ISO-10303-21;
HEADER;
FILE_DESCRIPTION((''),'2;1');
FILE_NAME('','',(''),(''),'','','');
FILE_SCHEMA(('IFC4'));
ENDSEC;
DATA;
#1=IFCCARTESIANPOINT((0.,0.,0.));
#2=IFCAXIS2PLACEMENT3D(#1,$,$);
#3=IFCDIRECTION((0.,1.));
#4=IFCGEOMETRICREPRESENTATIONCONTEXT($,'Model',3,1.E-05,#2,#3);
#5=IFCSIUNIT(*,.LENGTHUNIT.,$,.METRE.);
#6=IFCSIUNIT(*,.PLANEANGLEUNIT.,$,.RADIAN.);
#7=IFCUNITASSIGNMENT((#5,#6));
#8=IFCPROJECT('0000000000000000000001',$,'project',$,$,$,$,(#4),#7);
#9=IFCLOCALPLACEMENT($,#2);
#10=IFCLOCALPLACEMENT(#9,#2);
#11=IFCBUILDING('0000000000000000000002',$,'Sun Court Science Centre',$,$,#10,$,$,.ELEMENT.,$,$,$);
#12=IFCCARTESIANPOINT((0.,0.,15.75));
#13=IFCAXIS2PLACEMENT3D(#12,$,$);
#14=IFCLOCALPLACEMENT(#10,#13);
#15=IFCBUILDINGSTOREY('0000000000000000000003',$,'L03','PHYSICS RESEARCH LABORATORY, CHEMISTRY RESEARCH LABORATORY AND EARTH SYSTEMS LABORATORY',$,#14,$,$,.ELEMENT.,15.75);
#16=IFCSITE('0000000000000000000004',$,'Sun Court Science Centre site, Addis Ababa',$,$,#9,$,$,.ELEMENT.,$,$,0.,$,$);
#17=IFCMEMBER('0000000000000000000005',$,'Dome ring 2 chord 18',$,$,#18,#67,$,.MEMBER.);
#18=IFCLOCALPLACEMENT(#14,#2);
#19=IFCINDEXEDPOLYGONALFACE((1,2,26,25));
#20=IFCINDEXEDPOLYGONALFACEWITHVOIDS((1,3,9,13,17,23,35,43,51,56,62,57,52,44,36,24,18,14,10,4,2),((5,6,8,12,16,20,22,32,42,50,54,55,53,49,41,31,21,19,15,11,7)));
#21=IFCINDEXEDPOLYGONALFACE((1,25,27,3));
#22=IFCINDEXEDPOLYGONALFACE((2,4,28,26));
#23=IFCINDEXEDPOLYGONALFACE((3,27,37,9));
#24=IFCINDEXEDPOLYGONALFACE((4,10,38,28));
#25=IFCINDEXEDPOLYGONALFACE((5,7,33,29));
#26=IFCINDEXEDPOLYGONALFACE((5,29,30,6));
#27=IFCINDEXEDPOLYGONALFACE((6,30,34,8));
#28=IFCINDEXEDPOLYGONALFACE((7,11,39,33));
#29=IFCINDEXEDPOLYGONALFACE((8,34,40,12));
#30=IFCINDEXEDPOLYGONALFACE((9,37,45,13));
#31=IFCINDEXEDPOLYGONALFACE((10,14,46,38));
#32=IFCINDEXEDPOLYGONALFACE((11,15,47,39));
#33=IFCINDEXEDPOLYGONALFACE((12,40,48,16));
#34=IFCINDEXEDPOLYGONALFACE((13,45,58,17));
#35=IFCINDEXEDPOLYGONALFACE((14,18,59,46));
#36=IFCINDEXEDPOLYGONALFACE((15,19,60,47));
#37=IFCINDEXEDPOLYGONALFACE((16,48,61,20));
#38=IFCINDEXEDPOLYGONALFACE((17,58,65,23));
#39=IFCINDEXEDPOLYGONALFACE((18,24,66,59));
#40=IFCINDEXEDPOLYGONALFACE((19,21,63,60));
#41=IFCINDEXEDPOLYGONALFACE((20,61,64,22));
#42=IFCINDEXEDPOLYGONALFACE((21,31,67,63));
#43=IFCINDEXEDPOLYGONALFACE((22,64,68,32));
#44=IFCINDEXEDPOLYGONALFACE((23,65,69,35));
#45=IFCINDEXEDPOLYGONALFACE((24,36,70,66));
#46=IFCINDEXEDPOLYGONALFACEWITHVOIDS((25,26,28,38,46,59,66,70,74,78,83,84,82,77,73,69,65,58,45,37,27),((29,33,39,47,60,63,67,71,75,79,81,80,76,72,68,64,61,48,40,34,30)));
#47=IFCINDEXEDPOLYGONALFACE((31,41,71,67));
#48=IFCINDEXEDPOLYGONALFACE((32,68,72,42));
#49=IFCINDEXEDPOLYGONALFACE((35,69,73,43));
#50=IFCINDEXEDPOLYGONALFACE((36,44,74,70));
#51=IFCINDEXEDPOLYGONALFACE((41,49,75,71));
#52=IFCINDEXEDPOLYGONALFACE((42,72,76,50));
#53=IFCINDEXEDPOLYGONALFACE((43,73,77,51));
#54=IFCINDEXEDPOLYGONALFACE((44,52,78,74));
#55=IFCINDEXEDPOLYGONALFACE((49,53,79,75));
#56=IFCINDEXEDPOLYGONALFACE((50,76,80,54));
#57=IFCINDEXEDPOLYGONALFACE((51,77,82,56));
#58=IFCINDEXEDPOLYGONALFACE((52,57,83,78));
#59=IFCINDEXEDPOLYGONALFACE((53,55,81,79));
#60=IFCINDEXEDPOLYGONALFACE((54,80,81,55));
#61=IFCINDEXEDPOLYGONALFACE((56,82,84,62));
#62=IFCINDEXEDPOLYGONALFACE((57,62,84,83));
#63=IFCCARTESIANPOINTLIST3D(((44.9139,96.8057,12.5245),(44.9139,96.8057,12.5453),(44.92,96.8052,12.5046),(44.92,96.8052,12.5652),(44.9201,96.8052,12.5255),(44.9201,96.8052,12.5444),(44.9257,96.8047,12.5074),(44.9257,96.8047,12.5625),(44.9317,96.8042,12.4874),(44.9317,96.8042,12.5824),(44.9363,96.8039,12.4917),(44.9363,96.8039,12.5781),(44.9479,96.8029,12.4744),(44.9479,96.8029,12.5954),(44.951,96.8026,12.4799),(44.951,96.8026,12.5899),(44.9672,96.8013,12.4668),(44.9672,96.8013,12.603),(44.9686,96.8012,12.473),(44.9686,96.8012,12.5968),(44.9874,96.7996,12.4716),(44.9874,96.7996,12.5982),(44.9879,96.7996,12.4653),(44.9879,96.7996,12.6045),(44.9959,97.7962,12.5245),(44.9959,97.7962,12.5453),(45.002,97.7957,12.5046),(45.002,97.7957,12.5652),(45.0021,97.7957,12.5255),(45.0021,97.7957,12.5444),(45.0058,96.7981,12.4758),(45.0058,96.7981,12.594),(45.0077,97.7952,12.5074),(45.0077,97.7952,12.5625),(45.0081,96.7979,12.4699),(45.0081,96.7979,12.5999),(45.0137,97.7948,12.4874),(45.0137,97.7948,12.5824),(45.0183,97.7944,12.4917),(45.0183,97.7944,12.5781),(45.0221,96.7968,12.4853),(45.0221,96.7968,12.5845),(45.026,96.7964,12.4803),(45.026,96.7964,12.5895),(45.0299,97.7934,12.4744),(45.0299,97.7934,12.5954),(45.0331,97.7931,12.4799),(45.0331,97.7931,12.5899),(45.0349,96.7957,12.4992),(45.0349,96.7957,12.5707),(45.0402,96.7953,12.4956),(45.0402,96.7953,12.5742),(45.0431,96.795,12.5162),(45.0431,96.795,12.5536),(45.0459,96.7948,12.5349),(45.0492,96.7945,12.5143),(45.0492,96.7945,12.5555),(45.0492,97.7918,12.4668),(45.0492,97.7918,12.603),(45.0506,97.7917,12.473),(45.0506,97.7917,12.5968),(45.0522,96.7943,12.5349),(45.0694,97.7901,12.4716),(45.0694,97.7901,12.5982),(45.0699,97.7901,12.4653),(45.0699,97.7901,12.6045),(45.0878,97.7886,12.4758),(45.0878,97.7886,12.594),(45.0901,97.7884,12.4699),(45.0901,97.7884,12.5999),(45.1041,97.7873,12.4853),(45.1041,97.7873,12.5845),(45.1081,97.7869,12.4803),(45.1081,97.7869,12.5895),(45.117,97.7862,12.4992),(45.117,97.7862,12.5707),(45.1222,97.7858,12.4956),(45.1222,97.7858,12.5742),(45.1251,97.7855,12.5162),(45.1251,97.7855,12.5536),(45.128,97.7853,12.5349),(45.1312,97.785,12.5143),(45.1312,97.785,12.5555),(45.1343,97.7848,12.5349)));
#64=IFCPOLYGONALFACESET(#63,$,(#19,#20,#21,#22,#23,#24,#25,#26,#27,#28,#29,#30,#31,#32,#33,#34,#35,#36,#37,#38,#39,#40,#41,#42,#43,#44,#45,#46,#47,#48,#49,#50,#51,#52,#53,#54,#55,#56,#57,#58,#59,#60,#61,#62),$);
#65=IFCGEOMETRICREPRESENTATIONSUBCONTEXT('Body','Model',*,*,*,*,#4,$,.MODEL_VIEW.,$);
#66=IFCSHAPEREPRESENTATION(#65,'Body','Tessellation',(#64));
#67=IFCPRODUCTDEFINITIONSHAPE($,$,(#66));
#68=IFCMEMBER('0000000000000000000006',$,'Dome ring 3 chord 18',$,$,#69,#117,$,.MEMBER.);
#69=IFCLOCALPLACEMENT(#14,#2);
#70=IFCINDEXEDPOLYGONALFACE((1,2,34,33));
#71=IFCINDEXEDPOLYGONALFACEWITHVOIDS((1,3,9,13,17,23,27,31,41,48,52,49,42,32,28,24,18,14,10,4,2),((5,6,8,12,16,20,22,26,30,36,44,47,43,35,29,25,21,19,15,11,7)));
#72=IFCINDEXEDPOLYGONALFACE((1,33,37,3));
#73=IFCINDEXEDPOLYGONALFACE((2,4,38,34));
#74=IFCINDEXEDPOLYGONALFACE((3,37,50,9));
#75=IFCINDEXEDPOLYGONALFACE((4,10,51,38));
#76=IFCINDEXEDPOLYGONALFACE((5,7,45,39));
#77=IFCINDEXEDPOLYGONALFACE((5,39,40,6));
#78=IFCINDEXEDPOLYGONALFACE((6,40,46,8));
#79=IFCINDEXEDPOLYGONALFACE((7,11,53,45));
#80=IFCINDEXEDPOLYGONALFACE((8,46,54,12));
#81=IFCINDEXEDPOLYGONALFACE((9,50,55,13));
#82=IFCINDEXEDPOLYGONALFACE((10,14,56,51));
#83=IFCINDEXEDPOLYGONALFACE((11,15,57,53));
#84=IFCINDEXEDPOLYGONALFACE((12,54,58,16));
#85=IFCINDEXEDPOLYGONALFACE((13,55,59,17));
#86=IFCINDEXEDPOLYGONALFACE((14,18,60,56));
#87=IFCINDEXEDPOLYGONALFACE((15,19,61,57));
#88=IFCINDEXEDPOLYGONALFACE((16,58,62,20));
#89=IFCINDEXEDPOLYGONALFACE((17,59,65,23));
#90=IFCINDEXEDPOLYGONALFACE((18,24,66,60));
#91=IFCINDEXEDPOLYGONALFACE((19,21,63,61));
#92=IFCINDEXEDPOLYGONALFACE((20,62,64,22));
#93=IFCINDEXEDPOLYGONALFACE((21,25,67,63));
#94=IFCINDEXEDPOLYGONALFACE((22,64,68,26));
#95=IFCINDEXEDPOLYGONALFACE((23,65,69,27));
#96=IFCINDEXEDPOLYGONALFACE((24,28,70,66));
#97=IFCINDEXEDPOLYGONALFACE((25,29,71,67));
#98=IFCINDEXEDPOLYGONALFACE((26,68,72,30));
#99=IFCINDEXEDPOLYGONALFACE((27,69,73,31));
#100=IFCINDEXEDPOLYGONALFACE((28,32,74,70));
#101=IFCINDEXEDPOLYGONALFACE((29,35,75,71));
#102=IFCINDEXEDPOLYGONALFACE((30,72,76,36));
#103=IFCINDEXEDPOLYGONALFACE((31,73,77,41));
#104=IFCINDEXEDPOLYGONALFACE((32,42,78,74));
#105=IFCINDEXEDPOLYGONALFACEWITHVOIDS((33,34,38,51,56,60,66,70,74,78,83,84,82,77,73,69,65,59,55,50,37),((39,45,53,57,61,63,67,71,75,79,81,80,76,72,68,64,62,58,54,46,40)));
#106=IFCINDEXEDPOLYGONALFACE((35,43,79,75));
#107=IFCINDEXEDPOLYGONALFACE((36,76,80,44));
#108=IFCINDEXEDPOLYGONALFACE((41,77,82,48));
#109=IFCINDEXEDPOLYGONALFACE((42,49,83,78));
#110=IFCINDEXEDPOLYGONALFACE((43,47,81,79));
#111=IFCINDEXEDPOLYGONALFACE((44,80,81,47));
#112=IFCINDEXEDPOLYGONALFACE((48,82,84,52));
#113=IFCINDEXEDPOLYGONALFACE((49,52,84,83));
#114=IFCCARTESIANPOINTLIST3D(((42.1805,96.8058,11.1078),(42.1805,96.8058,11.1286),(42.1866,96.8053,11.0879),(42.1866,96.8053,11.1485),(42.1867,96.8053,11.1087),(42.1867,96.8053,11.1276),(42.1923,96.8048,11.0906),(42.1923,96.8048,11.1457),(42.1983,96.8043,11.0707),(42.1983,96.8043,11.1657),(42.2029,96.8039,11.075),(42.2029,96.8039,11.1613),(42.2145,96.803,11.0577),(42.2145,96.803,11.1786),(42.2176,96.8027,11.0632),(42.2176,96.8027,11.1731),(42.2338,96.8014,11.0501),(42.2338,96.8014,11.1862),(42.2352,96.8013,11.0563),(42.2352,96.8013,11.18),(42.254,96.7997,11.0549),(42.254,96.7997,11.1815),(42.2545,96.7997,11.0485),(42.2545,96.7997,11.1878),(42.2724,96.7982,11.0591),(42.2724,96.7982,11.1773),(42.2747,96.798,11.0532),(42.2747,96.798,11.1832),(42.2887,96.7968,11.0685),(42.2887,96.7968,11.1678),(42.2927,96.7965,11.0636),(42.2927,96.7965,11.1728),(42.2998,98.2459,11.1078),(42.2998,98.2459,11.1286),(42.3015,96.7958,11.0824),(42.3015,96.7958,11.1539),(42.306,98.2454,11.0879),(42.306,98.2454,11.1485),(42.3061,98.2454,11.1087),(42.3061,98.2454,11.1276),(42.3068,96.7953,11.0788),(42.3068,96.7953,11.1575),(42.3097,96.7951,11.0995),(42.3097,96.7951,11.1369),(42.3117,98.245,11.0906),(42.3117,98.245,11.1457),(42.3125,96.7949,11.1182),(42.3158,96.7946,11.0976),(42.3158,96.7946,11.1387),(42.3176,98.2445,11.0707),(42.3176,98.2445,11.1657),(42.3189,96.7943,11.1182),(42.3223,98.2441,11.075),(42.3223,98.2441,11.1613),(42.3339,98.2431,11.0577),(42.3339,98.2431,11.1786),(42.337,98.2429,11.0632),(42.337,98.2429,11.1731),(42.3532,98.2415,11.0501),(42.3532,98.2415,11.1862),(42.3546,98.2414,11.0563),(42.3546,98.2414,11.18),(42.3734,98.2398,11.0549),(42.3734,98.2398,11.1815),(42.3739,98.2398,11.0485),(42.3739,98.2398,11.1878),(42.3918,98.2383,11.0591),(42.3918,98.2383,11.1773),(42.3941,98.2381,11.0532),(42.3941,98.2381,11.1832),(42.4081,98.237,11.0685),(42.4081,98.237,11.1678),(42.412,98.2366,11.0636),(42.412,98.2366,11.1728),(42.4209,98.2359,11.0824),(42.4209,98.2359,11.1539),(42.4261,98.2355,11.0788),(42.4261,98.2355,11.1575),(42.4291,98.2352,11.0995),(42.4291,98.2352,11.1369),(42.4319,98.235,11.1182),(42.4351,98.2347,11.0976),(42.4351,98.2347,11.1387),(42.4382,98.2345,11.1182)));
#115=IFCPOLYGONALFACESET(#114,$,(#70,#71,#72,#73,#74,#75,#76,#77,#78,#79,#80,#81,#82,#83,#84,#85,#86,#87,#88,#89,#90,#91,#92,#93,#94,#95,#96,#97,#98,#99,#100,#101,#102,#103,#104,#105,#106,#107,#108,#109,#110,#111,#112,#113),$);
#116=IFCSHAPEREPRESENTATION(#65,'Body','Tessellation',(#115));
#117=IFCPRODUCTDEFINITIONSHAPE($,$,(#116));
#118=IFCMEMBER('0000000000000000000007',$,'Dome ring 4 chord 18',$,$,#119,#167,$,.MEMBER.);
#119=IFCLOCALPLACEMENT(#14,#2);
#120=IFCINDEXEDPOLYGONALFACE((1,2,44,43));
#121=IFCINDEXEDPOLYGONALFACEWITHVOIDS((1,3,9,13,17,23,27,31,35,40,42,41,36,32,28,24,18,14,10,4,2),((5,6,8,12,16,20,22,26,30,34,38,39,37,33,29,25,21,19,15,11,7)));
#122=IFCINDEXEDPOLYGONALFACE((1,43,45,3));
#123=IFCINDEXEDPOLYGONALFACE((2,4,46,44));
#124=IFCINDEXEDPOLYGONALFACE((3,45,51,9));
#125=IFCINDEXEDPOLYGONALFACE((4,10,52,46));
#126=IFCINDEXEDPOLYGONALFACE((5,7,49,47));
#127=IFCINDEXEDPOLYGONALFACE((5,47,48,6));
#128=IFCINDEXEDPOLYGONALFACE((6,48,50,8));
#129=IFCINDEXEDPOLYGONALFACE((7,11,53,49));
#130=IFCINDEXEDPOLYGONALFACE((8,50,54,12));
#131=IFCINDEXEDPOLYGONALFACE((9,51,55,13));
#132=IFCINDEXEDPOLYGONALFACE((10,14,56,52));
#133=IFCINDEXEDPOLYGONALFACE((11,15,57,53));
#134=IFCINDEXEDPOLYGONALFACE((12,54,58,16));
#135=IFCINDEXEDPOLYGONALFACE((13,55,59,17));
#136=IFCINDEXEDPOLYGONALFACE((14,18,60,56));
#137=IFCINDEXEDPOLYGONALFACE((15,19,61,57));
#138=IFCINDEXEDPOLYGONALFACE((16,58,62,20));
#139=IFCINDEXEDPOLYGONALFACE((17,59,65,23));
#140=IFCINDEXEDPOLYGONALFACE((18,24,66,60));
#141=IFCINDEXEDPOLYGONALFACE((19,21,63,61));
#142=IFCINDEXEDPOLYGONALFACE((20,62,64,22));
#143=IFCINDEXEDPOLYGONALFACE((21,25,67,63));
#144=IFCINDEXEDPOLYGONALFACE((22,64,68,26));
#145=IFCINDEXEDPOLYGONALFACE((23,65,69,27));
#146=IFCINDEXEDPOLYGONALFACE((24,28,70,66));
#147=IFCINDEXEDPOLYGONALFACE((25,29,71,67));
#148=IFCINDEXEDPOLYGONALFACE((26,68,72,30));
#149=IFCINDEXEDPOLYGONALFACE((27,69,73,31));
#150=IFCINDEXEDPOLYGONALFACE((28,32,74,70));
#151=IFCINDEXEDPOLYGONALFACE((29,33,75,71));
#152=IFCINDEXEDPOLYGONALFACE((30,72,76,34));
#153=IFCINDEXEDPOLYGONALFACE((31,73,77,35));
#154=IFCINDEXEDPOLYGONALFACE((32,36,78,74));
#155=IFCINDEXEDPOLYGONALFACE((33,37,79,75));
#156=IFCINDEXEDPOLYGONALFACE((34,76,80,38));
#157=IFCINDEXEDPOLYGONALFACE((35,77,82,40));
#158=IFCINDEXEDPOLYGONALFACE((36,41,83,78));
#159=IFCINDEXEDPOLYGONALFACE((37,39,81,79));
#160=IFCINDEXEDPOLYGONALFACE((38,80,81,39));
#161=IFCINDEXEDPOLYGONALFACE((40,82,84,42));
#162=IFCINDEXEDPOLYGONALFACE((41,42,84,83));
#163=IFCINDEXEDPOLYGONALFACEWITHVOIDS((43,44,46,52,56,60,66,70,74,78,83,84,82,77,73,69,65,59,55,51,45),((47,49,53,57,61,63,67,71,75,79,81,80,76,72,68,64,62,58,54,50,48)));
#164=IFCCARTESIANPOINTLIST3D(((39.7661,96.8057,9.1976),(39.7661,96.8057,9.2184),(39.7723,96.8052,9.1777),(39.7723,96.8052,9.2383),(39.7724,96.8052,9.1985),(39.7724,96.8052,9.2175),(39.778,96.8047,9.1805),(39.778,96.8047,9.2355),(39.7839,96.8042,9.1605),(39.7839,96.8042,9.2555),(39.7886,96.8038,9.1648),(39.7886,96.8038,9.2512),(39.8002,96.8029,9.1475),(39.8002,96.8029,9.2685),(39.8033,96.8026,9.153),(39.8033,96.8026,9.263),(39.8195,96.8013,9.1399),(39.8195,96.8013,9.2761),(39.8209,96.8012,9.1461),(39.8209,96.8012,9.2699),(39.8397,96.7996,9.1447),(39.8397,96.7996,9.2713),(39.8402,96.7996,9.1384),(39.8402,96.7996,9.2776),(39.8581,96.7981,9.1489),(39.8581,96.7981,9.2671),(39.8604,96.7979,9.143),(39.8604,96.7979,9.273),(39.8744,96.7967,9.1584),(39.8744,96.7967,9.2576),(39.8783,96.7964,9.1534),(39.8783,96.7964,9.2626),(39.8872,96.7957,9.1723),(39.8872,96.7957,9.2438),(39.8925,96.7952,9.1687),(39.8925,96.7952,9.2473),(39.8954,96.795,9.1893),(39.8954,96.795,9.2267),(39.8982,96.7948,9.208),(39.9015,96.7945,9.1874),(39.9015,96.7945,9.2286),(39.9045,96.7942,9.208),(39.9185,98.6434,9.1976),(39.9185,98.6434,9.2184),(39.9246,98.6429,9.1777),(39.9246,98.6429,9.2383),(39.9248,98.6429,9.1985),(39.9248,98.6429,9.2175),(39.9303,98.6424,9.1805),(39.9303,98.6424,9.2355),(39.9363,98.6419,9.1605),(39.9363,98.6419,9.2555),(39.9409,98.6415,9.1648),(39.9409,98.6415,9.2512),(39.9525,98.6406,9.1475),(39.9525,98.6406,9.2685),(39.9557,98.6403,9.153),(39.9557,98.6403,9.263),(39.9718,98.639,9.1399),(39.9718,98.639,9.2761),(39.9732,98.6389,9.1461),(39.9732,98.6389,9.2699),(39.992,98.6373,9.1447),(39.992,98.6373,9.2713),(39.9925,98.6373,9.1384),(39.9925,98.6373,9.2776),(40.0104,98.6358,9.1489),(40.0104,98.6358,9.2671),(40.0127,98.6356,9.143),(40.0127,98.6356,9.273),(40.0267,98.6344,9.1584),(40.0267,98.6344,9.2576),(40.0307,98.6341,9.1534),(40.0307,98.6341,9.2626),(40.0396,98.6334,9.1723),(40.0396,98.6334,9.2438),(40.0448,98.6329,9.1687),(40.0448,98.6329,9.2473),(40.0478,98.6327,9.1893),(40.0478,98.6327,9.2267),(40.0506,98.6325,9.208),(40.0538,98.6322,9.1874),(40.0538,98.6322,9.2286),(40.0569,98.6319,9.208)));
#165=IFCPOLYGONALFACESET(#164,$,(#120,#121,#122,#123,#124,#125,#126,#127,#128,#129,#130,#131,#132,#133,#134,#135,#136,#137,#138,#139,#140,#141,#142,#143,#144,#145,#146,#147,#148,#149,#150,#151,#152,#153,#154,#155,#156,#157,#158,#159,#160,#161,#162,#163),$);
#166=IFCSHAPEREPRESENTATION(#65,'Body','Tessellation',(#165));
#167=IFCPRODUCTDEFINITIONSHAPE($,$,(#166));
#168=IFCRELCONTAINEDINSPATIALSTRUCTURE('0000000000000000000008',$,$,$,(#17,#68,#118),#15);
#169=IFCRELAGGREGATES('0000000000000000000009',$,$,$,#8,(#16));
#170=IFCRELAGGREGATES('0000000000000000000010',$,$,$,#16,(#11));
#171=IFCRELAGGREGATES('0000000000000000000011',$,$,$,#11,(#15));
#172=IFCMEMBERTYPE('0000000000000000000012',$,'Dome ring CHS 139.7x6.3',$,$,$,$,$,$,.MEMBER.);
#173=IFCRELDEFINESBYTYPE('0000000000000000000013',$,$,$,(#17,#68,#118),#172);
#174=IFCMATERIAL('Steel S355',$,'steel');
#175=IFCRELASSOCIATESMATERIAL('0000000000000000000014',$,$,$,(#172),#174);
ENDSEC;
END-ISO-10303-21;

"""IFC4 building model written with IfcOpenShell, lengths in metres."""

from ifc_helpers import new_model, si_unit, direction, frame, origin, origin_2d, place, context, subcontext, project, spatial, hollow_circle, extrude, material, material_profile, profile_set, type_object, element, save


model = new_model("IFC4")

# Units and contexts
model_context = context("Model", 3, precision=1e-05, world=origin(), true_north=direction((0.0, 1.0)))
body_context = subcontext(model_context, "Body", "Model", "MODEL_VIEW")
ifc_project = project(units=[si_unit("LENGTHUNIT", "METRE"), si_unit("PLANEANGLEUNIT", "RADIAN")], contexts=[model_context])

# Site, building, storey
site_placement = place(None, origin())
site = spatial("IfcSite", under=ifc_project, at=site_placement, Name="Sun Court Science Centre site, Addis Ababa", CompositionType="ELEMENT", RefElevation=0.0)
building_placement = place(site_placement, origin())
building = spatial("IfcBuilding", under=site, at=building_placement, Name="Sun Court Science Centre", CompositionType="ELEMENT")
storey_placement = place(building_placement, frame((0.0, 0.0, 15.75)))
storey = spatial("IfcBuildingStorey", under=building, at=storey_placement, Name="L03", Description="PHYSICS RESEARCH LABORATORY, CHEMISTRY RESEARCH LABORATORY AND EARTH SYSTEMS LABORATORY", CompositionType="ELEMENT", Elevation=15.75)

# Members
ifc_material_1 = material(Name="Steel S355", Category="steel")
ifc_material_profile_1 = material_profile(ifc_material_1, hollow_circle(Radius=0.0698, WallThickness=0.0063, at=origin_2d()), Name="CHS 139.7x6.3")
ifc_profile_set_1 = profile_set([ifc_material_profile_1], Name="Steel S355")
member_type_1 = type_object("IfcMemberType", Name="Dome ring CHS 139.7x6.3", PredefinedType="MEMBER", material=ifc_profile_set_1)
member_1_placement = place(storey_placement, frame((45.0647, 97.7905, 12.5349), z_axis=(-0.082537, -0.996588, 0.0), x_axis=(0.996588, -0.082537, 0.0)))
element("IfcMember", 1, at=member_1_placement, inside=storey, type_object=member_type_1, Name="Dome ring 2 chord 18", PredefinedType="MEMBER", context=body_context, shape_type="SweptSolid", body=[
    extrude(hollow_circle(Radius=0.0698, WallThickness=0.0063, at=origin_2d()), origin(), (0.0, 0.0, 1.0), 0.9939),
])
member_2_placement = place(storey_placement, frame((42.3687, 98.2402, 11.1182), z_axis=(-0.082612, -0.996582, 0.0), x_axis=(0.996582, -0.082612, 0.0)))
element("IfcMember", 2, at=member_2_placement, inside=storey, type_object=member_type_1, Name="Dome ring 3 chord 18", PredefinedType="MEMBER", context=body_context, shape_type="SweptSolid", body=[
    extrude(hollow_circle(Radius=0.0698, WallThickness=0.0063, at=origin_2d()), origin(), (0.0, 0.0, 1.0), 1.4451),
])
member_3_placement = place(storey_placement, frame((39.9873, 98.6377, 9.208), z_axis=(-0.082618, -0.996581, 0.0), x_axis=(0.996581, -0.082618, 0.0)))
element("IfcMember", 3, at=member_3_placement, inside=storey, type_object=member_type_1, Name="Dome ring 4 chord 18", PredefinedType="MEMBER", context=body_context, shape_type="SweptSolid", body=[
    extrude(hollow_circle(Radius=0.0698, WallThickness=0.0063, at=origin_2d()), origin(), (0.0, 0.0, 1.0), 1.844),
])

save(model, "model.ifc")
